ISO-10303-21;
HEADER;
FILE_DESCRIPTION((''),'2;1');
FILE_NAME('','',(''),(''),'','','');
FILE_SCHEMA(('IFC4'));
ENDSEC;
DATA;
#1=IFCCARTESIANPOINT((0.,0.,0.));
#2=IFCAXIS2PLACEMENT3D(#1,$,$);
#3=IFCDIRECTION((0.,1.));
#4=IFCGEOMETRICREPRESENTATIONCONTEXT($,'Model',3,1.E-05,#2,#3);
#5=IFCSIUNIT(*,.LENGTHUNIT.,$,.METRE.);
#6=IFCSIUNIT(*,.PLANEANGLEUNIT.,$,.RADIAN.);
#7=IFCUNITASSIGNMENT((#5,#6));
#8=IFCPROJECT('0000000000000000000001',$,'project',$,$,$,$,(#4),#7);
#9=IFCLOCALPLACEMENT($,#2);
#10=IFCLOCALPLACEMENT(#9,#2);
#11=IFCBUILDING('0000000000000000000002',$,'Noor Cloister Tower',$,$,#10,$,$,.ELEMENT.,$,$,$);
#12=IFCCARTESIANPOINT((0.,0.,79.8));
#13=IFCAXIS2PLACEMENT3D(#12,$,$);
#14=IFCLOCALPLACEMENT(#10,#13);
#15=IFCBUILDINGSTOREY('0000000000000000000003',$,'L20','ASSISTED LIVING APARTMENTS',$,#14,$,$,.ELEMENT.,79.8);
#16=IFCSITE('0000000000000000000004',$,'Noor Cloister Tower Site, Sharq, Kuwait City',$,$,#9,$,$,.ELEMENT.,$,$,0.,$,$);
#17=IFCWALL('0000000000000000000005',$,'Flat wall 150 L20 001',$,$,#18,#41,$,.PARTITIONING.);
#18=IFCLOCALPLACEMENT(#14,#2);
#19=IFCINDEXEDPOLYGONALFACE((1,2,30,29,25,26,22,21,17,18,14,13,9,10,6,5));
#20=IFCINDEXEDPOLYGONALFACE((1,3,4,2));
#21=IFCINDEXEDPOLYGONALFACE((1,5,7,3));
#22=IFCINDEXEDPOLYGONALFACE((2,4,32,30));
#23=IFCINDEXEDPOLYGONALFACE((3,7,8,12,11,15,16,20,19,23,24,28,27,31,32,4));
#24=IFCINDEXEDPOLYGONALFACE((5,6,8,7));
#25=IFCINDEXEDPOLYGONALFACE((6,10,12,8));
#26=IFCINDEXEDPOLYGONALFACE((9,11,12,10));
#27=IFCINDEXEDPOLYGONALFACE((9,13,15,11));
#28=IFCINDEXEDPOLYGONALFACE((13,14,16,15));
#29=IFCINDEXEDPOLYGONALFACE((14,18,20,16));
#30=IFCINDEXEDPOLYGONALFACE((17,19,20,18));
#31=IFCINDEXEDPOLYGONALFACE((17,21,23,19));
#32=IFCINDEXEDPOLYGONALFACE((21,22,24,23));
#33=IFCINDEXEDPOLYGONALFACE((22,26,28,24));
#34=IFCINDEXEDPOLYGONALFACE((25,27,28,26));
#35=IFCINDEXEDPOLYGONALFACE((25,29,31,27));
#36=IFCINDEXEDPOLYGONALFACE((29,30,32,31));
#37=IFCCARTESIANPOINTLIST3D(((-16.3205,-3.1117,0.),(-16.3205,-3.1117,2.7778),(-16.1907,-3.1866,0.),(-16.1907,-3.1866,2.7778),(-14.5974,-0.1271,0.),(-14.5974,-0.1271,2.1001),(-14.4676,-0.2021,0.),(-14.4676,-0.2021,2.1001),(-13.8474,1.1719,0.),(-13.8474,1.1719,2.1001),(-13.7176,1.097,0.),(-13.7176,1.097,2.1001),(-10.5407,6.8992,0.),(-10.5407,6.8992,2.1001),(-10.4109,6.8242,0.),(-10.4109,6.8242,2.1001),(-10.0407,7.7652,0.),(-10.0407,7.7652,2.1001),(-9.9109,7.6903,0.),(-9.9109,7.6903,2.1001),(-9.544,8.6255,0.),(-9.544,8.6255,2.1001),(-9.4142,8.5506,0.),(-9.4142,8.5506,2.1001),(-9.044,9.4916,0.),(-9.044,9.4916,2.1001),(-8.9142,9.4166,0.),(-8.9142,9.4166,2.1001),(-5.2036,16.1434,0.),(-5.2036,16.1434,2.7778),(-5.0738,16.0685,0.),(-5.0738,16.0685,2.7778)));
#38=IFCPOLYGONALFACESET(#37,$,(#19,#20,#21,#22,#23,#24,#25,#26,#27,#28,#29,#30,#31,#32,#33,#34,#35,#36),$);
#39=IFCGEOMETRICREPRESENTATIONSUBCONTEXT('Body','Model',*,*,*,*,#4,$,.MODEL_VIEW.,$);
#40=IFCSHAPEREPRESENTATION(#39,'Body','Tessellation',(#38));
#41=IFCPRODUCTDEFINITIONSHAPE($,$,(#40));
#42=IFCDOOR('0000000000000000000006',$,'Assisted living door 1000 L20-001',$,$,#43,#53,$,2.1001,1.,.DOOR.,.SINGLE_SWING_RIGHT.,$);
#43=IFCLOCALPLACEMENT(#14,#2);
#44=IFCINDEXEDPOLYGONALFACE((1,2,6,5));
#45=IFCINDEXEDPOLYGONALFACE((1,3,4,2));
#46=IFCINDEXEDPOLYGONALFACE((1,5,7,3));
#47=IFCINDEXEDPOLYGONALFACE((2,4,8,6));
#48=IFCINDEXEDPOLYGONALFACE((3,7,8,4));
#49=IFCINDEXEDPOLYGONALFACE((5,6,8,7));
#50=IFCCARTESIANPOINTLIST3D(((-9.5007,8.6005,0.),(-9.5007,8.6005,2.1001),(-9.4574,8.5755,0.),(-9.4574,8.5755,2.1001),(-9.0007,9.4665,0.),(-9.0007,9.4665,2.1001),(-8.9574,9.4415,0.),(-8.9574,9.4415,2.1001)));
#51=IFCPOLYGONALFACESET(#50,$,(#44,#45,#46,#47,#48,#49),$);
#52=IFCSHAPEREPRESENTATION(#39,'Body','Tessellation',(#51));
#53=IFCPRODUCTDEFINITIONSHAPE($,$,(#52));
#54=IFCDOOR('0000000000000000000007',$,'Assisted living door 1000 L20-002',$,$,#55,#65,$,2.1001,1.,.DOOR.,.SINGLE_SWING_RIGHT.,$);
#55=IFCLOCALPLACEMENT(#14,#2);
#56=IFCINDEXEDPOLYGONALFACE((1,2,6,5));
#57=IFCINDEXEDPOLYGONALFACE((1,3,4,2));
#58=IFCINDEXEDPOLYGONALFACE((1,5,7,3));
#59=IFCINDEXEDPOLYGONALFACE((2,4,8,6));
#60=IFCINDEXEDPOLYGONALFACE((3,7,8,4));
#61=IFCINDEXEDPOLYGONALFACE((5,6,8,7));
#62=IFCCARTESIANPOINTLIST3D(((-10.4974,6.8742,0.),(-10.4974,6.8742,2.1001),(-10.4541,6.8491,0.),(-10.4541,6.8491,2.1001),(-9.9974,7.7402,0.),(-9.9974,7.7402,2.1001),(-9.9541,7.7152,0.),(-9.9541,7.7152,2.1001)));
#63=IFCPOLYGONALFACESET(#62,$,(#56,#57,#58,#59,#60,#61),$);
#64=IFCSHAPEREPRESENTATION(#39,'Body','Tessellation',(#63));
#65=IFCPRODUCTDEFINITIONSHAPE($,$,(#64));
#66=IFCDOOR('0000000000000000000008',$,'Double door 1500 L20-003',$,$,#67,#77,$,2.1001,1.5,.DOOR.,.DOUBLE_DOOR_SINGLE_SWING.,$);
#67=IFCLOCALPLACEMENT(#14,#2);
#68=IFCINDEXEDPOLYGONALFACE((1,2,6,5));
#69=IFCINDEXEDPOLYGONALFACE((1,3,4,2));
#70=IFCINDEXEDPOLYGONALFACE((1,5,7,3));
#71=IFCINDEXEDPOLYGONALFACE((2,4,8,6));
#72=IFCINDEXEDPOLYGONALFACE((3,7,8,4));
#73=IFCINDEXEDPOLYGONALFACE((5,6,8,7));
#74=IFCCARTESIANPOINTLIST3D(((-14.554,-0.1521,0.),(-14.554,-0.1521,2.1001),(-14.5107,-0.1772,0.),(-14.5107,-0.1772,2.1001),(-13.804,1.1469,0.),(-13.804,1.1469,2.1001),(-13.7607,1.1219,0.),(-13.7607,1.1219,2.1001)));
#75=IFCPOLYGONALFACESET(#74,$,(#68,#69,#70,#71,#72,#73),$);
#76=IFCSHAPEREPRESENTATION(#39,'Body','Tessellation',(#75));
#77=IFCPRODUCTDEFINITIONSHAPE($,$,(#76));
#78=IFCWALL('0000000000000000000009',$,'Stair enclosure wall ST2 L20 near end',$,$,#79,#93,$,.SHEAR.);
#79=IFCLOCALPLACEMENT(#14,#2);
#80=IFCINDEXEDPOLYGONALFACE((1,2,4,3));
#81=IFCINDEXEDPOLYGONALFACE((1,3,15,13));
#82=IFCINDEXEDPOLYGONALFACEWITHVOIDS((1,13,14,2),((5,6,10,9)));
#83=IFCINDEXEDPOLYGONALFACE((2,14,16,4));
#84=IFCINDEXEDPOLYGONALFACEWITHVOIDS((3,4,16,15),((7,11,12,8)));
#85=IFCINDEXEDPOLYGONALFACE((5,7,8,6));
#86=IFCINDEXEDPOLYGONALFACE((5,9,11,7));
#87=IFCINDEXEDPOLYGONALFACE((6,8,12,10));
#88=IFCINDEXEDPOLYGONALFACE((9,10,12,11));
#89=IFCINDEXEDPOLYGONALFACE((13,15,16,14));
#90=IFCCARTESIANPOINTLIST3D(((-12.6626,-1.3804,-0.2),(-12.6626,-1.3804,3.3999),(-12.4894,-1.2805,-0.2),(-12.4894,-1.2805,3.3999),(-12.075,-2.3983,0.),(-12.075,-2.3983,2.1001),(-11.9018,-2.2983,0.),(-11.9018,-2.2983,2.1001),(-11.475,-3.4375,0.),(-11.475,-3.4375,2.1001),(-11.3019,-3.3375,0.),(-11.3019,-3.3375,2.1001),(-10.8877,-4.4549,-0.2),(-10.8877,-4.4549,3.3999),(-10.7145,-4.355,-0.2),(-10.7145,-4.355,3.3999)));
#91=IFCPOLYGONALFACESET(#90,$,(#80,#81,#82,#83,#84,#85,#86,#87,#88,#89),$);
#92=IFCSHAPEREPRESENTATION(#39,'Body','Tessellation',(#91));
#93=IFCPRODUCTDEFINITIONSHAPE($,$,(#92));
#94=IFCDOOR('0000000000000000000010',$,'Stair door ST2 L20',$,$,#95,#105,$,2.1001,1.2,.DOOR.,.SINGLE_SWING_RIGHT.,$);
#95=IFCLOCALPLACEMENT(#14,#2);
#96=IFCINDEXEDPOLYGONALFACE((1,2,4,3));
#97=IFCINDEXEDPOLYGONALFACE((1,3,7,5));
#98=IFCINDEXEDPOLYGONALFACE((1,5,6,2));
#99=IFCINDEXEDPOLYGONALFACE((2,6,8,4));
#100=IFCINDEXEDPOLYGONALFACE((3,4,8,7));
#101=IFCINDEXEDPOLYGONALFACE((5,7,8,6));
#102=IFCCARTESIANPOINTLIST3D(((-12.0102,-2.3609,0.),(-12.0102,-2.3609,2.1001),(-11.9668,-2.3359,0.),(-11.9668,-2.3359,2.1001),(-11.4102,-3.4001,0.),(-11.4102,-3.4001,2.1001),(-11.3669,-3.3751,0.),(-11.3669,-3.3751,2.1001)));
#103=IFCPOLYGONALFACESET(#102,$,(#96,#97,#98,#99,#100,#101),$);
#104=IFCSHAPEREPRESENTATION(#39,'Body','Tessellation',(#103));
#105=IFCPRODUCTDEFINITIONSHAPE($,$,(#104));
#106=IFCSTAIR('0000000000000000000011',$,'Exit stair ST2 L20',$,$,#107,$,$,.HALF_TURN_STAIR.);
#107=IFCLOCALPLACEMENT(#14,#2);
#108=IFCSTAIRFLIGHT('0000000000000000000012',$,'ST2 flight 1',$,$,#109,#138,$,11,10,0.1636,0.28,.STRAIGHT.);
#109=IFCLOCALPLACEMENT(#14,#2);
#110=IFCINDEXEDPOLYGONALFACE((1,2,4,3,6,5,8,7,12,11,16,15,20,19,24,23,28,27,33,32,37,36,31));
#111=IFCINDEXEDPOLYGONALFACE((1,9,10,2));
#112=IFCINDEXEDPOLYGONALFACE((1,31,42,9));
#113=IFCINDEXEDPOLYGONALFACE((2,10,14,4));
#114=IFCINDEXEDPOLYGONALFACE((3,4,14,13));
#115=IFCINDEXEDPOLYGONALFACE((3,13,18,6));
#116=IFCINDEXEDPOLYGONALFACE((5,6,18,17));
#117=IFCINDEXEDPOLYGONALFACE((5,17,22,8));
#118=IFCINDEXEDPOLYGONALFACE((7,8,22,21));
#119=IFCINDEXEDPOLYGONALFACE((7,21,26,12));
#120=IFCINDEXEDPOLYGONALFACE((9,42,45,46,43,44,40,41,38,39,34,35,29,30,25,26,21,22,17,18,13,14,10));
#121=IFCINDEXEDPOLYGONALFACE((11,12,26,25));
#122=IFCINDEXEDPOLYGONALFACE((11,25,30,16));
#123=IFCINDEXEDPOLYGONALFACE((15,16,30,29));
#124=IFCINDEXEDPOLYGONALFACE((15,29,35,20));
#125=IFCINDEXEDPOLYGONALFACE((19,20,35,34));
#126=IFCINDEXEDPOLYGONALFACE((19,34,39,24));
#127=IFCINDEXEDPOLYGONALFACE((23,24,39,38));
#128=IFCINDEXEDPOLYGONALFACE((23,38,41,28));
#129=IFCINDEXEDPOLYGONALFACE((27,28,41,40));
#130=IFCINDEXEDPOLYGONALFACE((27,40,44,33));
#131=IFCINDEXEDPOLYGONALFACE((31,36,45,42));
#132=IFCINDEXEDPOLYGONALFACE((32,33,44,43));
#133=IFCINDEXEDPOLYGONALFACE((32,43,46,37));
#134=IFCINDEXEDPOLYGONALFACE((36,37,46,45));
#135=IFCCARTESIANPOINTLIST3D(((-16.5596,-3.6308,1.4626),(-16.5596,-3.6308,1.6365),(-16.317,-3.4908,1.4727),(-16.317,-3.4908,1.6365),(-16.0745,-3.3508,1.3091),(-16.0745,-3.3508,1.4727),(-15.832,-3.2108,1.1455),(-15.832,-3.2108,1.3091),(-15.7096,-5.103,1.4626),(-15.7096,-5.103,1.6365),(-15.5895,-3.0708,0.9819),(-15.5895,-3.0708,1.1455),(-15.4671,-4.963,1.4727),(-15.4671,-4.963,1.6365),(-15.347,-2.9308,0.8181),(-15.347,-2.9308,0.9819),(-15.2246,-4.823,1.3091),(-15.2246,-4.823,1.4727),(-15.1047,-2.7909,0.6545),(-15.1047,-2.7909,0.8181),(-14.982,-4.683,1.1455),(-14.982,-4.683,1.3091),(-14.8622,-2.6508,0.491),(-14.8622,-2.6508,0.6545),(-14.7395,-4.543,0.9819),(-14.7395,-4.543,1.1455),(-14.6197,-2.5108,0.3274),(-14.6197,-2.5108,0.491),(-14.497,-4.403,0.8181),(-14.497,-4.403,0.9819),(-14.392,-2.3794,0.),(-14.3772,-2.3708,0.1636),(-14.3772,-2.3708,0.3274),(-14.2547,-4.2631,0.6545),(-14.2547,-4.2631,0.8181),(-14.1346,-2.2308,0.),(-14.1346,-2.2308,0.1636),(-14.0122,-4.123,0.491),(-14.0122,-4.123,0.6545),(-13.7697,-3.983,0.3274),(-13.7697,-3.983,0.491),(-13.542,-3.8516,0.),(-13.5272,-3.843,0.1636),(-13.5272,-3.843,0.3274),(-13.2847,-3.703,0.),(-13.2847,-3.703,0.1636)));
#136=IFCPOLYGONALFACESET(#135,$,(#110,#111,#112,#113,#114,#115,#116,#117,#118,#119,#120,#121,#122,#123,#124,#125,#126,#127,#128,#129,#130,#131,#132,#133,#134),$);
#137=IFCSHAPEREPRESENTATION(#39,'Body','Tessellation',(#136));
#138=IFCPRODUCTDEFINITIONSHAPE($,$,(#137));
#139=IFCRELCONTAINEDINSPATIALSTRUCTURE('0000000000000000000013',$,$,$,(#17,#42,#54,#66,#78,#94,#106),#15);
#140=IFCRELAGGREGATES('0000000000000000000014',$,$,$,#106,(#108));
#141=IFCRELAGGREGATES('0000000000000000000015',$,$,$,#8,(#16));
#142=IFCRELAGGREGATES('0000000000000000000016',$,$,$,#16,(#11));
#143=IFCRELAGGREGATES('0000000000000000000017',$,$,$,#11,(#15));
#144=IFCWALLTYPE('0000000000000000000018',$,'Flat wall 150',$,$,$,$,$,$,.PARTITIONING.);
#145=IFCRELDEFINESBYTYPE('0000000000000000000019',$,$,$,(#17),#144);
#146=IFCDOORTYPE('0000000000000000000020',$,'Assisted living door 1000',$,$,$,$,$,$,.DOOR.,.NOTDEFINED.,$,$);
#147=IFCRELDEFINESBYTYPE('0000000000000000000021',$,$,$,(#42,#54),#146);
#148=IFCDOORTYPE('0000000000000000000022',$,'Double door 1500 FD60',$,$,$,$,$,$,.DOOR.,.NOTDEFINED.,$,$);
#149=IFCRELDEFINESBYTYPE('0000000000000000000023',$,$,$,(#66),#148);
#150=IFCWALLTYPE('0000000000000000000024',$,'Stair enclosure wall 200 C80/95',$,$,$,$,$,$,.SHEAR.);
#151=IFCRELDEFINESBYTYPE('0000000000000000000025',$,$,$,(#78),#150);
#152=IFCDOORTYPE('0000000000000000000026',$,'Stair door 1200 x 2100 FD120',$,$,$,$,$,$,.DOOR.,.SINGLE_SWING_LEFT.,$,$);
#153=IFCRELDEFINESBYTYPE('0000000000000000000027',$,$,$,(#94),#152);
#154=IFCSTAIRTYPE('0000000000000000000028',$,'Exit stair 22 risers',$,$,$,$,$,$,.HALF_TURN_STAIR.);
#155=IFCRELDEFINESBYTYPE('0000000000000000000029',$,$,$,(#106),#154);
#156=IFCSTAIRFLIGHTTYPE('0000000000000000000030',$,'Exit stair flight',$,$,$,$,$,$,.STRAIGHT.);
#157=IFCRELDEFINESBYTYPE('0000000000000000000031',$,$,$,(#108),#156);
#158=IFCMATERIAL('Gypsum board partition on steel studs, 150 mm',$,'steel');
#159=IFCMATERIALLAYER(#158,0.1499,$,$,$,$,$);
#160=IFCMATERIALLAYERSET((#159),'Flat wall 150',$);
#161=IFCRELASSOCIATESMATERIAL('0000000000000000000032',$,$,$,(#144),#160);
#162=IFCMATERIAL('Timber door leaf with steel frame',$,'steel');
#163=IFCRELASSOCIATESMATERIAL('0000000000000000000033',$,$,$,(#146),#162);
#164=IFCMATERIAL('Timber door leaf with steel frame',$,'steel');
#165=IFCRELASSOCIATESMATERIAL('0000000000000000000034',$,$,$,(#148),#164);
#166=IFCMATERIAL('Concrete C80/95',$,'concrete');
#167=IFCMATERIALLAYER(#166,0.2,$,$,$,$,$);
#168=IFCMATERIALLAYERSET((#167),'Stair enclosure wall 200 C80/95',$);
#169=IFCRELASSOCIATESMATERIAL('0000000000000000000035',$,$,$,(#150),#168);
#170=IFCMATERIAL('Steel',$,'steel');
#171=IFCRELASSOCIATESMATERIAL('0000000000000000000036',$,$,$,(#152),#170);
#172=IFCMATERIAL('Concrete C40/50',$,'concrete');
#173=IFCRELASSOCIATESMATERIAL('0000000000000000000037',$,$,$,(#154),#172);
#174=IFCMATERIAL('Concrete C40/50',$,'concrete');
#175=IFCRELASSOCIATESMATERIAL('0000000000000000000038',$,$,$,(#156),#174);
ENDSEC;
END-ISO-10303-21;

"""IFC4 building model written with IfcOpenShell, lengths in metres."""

from ifc_helpers import new_model, si_unit, direction, frame, frame_2d, origin, place, context, subcontext, project, spatial, polyline, rectangle, outline, extrude, material, layer, layer_set, type_object, element, fill, aggregate, save


model = new_model("IFC4")

# Units and contexts
model_context = context("Model", 3, precision=1e-05, world=origin(), true_north=direction((0.0, 1.0)))
body_context = subcontext(model_context, "Body", "Model", "MODEL_VIEW")
ifc_project = project(units=[si_unit("LENGTHUNIT", "METRE"), si_unit("PLANEANGLEUNIT", "RADIAN")], contexts=[model_context])

# Site, building, storey
site_placement = place(None, origin())
site = spatial("IfcSite", under=ifc_project, at=site_placement, Name="Noor Cloister Tower Site, Sharq, Kuwait City", CompositionType="ELEMENT", RefElevation=0.0)
building_placement = place(site_placement, origin())
building = spatial("IfcBuilding", under=site, at=building_placement, Name="Noor Cloister Tower", CompositionType="ELEMENT")
storey_placement = place(building_placement, frame((0.0, 0.0, 79.8)))
storey = spatial("IfcBuildingStorey", under=building, at=storey_placement, Name="L20", Description="ASSISTED LIVING APARTMENTS", CompositionType="ELEMENT", Elevation=79.8)

# Wall, openings, doors
ifc_material_1 = material(Name="Gypsum board partition on steel studs, 150 mm", Category="steel")
ifc_layer_1 = layer(ifc_material_1, 0.1499)
ifc_layer_set_1 = layer_set([ifc_layer_1], Name="Flat wall 150")
wall_type_1 = type_object("IfcWallType", Name="Flat wall 150", PredefinedType="PARTITIONING", material=ifc_layer_set_1)
wall_1_placement = place(storey_placement, frame((-16.2556, -3.1492, 0.0), z_axis=(0.0, 0.0, 1.0), x_axis=(0.5, 0.866026, 0.0)))
wall_1 = element("IfcWall", 1, at=wall_1_placement, inside=storey, type_object=wall_type_1, Name="Flat wall 150 L20 001", PredefinedType="PARTITIONING", context=body_context, shape_type="SweptSolid", body=[
    extrude(rectangle(XDim=22.2339, YDim=0.1499, at=frame_2d((11.1169, 0.0))), origin(), (0.0, 0.0, 1.0), 2.7778),
])
opening_1_placement = place(wall_1_placement, frame((13.553, 0.0, 0.0)))
opening_1 = element("IfcOpeningElement", 2, at=opening_1_placement, cuts=wall_1, PredefinedType="OPENING", context=body_context, shape_type="SweptSolid", body=[
    extrude(rectangle(XDim=1.0, YDim=2.1001, at=frame_2d((0.5, 1.05))), frame((0.0, 0.085, 0.0), z_axis=(0.0, -1.0, 0.0), x_axis=(1.0, 0.0, 0.0)), (0.0, 0.0, 1.0), 0.1699),
])
opening_2_placement = place(wall_1_placement, frame((11.5596, 0.0, 0.0)))
opening_2 = element("IfcOpeningElement", 3, at=opening_2_placement, cuts=wall_1, PredefinedType="OPENING", context=body_context, shape_type="SweptSolid", body=[
    extrude(rectangle(XDim=1.0, YDim=2.1001, at=frame_2d((0.5, 1.05))), frame((0.0, 0.085, 0.0), z_axis=(0.0, -1.0, 0.0), x_axis=(1.0, 0.0, 0.0)), (0.0, 0.0, 1.0), 0.1699),
])
opening_3_placement = place(wall_1_placement, frame((3.4463, 0.0, 0.0)))
opening_3 = element("IfcOpeningElement", 4, at=opening_3_placement, cuts=wall_1, PredefinedType="OPENING", context=body_context, shape_type="SweptSolid", body=[
    extrude(rectangle(XDim=1.5, YDim=2.1001, at=frame_2d((0.75, 1.05))), frame((0.0, 0.085, 0.0), z_axis=(0.0, -1.0, 0.0), x_axis=(1.0, 0.0, 0.0)), (0.0, 0.0, 1.0), 0.1699),
])
ifc_material_2 = material(Name="Timber door leaf with steel frame", Category="steel")
door_type_1 = type_object("IfcDoorType", Name="Assisted living door 1000", OperationType="NOTDEFINED", PredefinedType="DOOR", material=ifc_material_2)
door_1_placement = place(opening_1_placement, origin())
door_1 = element("IfcDoor", 5, at=door_1_placement, inside=storey, type_object=door_type_1, Name="Assisted living door 1000 L20-001", OperationType="SINGLE_SWING_RIGHT", OverallHeight=2.1001, OverallWidth=1.0, PredefinedType="DOOR", context=body_context, shape_type="SweptSolid", body=[
    extrude(rectangle(XDim=1.0, YDim=2.1001, at=frame_2d((0.5, 1.05))), frame((0.0, 0.0249, 0.0), z_axis=(0.0, -1.0, 0.0), x_axis=(1.0, 0.0, 0.0)), (0.0, 0.0, 1.0), 0.05),
])
fill(opening_1, door_1)
door_2_placement = place(opening_2_placement, origin())
door_2 = element("IfcDoor", 6, at=door_2_placement, inside=storey, type_object=door_type_1, Name="Assisted living door 1000 L20-002", OperationType="SINGLE_SWING_RIGHT", OverallHeight=2.1001, OverallWidth=1.0, PredefinedType="DOOR", context=body_context, shape_type="SweptSolid", body=[
    extrude(rectangle(XDim=1.0, YDim=2.1001, at=frame_2d((0.5, 1.05))), frame((0.0, 0.0249, 0.0), z_axis=(0.0, -1.0, 0.0), x_axis=(1.0, 0.0, 0.0)), (0.0, 0.0, 1.0), 0.05),
])
fill(opening_2, door_2)
ifc_material_3 = material(Name="Timber door leaf with steel frame", Category="steel")
door_type_2 = type_object("IfcDoorType", Name="Double door 1500 FD60", OperationType="NOTDEFINED", PredefinedType="DOOR", material=ifc_material_3)
door_3_placement = place(opening_3_placement, origin())
door_3 = element("IfcDoor", 7, at=door_3_placement, inside=storey, type_object=door_type_2, Name="Double door 1500 L20-003", OperationType="DOUBLE_DOOR_SINGLE_SWING", OverallHeight=2.1001, OverallWidth=1.5, PredefinedType="DOOR", context=body_context, shape_type="SweptSolid", body=[
    extrude(rectangle(XDim=1.5, YDim=2.1001, at=frame_2d((0.75, 1.05))), frame((0.0, 0.0249, 0.0), z_axis=(0.0, -1.0, 0.0), x_axis=(1.0, 0.0, 0.0)), (0.0, 0.0, 1.0), 0.05),
])
fill(opening_3, door_3)

# Wall, opening, door
ifc_material_4 = material(Name="Concrete C80/95", Category="concrete")
ifc_layer_2 = layer(ifc_material_4, 0.2)
ifc_layer_set_2 = layer_set([ifc_layer_2], Name="Stair enclosure wall 200 C80/95")
wall_type_2 = type_object("IfcWallType", Name="Stair enclosure wall 200 C80/95", PredefinedType="SHEAR", material=ifc_layer_set_2)
wall_2_placement = place(storey_placement, frame((-12.5759, -1.3306, -0.2), z_axis=(0.0, 0.0, 1.0), x_axis=(0.49997, -0.866042, 0.0)))
wall_2 = element("IfcWall", 8, at=wall_2_placement, inside=storey, type_object=wall_type_2, Name="Stair enclosure wall ST2 L20 near end", PredefinedType="SHEAR", context=body_context, shape_type="SweptSolid", body=[
    extrude(rectangle(XDim=3.55, YDim=0.2, at=frame_2d((1.7749, 0.0))), origin(), (0.0, 0.0, 1.0), 3.5999),
])
opening_4_placement = place(wall_2_placement, frame((1.175, 0.0, 0.2)))
opening_4 = element("IfcOpeningElement", 9, at=opening_4_placement, cuts=wall_2, PredefinedType="OPENING", context=body_context, shape_type="SweptSolid", body=[
    extrude(rectangle(XDim=1.2, YDim=2.1001, at=frame_2d((0.6001, 1.05))), frame((0.0, 0.1099, 0.0), z_axis=(0.0, -1.0, 0.0), x_axis=(1.0, 0.0, 0.0)), (0.0, 0.0, 1.0), 0.22),
])
ifc_material_5 = material(Name="Steel", Category="steel")
door_type_3 = type_object("IfcDoorType", Name="Stair door 1200 x 2100 FD120", OperationType="SINGLE_SWING_LEFT", PredefinedType="DOOR", material=ifc_material_5)
door_4_placement = place(opening_4_placement, origin())
door_4 = element("IfcDoor", 10, at=door_4_placement, inside=storey, type_object=door_type_3, Name="Stair door ST2 L20", OperationType="SINGLE_SWING_RIGHT", OverallHeight=2.1001, OverallWidth=1.2, PredefinedType="DOOR", context=body_context, shape_type="SweptSolid", body=[
    extrude(rectangle(XDim=1.2, YDim=2.1001, at=frame_2d((0.6001, 1.05))), frame((0.0, 0.0249, 0.0), z_axis=(0.0, -1.0, 0.0), x_axis=(1.0, 0.0, 0.0)), (0.0, 0.0, 1.0), 0.05),
])
fill(opening_4, door_4)

# Stair, stair flight
ifc_material_6 = material(Name="Concrete C40/50", Category="concrete")
stair_type = type_object("IfcStairType", Name="Exit stair 22 risers", PredefinedType="HALF_TURN_STAIR", material=ifc_material_6)
stair_placement = place(storey_placement, origin())
stair = element("IfcStair", 11, at=stair_placement, inside=storey, type_object=stair_type, Name="Exit stair ST2 L20", PredefinedType="HALF_TURN_STAIR")
ifc_material_7 = material(Name="Concrete C40/50", Category="concrete")
stair_flight_type = type_object("IfcStairFlightType", Name="Exit stair flight", PredefinedType="STRAIGHT", material=ifc_material_7)
stair_flight_1_placement = place(storey_placement, frame((-13.7097, -2.9668, 0.0), z_axis=(0.0, 0.0, 1.0), x_axis=(-0.866025, -0.5, 0.0)))
stair_flight_1 = element("IfcStairFlight", 12, at=stair_flight_1_placement, type_object=stair_flight_type, Name="ST2 flight 1", NumberOfRisers=11, NumberOfTreads=10, PredefinedType="STRAIGHT", RiserHeight=0.1636, TreadLength=0.28, context=body_context, shape_type="SweptSolid", body=[
    extrude(outline(polyline([(0.0, 0.0), (0.0, 0.1636), (0.28, 0.1636), (0.28, 0.3274), (0.5601, 0.3274), (0.5601, 0.491), (0.8401, 0.491), (0.8401, 0.6545), (1.1201, 0.6545), (1.1201, 0.8181), (1.3999, 0.8181), (1.3999, 0.9819), (1.6799, 0.9819), (1.6799, 1.1455), (1.96, 1.1455), (1.96, 1.3091), (2.24, 1.3091), (2.24, 1.4727), (2.52, 1.4727), (2.52, 1.6365), (2.8, 1.6365), (2.8, 1.8), (2.8, 1.4626), (0.2971, 0.0), (0.0, 0.0)])), frame((0.0, 0.8501, 0.0), z_axis=(0.0, -1.0, 0.0), x_axis=(1.0, 0.0, 0.0)), (0.0, 0.0, 1.0), 1.7),
])
aggregate(stair, [stair_flight_1])

save(model, "model.ifc")
